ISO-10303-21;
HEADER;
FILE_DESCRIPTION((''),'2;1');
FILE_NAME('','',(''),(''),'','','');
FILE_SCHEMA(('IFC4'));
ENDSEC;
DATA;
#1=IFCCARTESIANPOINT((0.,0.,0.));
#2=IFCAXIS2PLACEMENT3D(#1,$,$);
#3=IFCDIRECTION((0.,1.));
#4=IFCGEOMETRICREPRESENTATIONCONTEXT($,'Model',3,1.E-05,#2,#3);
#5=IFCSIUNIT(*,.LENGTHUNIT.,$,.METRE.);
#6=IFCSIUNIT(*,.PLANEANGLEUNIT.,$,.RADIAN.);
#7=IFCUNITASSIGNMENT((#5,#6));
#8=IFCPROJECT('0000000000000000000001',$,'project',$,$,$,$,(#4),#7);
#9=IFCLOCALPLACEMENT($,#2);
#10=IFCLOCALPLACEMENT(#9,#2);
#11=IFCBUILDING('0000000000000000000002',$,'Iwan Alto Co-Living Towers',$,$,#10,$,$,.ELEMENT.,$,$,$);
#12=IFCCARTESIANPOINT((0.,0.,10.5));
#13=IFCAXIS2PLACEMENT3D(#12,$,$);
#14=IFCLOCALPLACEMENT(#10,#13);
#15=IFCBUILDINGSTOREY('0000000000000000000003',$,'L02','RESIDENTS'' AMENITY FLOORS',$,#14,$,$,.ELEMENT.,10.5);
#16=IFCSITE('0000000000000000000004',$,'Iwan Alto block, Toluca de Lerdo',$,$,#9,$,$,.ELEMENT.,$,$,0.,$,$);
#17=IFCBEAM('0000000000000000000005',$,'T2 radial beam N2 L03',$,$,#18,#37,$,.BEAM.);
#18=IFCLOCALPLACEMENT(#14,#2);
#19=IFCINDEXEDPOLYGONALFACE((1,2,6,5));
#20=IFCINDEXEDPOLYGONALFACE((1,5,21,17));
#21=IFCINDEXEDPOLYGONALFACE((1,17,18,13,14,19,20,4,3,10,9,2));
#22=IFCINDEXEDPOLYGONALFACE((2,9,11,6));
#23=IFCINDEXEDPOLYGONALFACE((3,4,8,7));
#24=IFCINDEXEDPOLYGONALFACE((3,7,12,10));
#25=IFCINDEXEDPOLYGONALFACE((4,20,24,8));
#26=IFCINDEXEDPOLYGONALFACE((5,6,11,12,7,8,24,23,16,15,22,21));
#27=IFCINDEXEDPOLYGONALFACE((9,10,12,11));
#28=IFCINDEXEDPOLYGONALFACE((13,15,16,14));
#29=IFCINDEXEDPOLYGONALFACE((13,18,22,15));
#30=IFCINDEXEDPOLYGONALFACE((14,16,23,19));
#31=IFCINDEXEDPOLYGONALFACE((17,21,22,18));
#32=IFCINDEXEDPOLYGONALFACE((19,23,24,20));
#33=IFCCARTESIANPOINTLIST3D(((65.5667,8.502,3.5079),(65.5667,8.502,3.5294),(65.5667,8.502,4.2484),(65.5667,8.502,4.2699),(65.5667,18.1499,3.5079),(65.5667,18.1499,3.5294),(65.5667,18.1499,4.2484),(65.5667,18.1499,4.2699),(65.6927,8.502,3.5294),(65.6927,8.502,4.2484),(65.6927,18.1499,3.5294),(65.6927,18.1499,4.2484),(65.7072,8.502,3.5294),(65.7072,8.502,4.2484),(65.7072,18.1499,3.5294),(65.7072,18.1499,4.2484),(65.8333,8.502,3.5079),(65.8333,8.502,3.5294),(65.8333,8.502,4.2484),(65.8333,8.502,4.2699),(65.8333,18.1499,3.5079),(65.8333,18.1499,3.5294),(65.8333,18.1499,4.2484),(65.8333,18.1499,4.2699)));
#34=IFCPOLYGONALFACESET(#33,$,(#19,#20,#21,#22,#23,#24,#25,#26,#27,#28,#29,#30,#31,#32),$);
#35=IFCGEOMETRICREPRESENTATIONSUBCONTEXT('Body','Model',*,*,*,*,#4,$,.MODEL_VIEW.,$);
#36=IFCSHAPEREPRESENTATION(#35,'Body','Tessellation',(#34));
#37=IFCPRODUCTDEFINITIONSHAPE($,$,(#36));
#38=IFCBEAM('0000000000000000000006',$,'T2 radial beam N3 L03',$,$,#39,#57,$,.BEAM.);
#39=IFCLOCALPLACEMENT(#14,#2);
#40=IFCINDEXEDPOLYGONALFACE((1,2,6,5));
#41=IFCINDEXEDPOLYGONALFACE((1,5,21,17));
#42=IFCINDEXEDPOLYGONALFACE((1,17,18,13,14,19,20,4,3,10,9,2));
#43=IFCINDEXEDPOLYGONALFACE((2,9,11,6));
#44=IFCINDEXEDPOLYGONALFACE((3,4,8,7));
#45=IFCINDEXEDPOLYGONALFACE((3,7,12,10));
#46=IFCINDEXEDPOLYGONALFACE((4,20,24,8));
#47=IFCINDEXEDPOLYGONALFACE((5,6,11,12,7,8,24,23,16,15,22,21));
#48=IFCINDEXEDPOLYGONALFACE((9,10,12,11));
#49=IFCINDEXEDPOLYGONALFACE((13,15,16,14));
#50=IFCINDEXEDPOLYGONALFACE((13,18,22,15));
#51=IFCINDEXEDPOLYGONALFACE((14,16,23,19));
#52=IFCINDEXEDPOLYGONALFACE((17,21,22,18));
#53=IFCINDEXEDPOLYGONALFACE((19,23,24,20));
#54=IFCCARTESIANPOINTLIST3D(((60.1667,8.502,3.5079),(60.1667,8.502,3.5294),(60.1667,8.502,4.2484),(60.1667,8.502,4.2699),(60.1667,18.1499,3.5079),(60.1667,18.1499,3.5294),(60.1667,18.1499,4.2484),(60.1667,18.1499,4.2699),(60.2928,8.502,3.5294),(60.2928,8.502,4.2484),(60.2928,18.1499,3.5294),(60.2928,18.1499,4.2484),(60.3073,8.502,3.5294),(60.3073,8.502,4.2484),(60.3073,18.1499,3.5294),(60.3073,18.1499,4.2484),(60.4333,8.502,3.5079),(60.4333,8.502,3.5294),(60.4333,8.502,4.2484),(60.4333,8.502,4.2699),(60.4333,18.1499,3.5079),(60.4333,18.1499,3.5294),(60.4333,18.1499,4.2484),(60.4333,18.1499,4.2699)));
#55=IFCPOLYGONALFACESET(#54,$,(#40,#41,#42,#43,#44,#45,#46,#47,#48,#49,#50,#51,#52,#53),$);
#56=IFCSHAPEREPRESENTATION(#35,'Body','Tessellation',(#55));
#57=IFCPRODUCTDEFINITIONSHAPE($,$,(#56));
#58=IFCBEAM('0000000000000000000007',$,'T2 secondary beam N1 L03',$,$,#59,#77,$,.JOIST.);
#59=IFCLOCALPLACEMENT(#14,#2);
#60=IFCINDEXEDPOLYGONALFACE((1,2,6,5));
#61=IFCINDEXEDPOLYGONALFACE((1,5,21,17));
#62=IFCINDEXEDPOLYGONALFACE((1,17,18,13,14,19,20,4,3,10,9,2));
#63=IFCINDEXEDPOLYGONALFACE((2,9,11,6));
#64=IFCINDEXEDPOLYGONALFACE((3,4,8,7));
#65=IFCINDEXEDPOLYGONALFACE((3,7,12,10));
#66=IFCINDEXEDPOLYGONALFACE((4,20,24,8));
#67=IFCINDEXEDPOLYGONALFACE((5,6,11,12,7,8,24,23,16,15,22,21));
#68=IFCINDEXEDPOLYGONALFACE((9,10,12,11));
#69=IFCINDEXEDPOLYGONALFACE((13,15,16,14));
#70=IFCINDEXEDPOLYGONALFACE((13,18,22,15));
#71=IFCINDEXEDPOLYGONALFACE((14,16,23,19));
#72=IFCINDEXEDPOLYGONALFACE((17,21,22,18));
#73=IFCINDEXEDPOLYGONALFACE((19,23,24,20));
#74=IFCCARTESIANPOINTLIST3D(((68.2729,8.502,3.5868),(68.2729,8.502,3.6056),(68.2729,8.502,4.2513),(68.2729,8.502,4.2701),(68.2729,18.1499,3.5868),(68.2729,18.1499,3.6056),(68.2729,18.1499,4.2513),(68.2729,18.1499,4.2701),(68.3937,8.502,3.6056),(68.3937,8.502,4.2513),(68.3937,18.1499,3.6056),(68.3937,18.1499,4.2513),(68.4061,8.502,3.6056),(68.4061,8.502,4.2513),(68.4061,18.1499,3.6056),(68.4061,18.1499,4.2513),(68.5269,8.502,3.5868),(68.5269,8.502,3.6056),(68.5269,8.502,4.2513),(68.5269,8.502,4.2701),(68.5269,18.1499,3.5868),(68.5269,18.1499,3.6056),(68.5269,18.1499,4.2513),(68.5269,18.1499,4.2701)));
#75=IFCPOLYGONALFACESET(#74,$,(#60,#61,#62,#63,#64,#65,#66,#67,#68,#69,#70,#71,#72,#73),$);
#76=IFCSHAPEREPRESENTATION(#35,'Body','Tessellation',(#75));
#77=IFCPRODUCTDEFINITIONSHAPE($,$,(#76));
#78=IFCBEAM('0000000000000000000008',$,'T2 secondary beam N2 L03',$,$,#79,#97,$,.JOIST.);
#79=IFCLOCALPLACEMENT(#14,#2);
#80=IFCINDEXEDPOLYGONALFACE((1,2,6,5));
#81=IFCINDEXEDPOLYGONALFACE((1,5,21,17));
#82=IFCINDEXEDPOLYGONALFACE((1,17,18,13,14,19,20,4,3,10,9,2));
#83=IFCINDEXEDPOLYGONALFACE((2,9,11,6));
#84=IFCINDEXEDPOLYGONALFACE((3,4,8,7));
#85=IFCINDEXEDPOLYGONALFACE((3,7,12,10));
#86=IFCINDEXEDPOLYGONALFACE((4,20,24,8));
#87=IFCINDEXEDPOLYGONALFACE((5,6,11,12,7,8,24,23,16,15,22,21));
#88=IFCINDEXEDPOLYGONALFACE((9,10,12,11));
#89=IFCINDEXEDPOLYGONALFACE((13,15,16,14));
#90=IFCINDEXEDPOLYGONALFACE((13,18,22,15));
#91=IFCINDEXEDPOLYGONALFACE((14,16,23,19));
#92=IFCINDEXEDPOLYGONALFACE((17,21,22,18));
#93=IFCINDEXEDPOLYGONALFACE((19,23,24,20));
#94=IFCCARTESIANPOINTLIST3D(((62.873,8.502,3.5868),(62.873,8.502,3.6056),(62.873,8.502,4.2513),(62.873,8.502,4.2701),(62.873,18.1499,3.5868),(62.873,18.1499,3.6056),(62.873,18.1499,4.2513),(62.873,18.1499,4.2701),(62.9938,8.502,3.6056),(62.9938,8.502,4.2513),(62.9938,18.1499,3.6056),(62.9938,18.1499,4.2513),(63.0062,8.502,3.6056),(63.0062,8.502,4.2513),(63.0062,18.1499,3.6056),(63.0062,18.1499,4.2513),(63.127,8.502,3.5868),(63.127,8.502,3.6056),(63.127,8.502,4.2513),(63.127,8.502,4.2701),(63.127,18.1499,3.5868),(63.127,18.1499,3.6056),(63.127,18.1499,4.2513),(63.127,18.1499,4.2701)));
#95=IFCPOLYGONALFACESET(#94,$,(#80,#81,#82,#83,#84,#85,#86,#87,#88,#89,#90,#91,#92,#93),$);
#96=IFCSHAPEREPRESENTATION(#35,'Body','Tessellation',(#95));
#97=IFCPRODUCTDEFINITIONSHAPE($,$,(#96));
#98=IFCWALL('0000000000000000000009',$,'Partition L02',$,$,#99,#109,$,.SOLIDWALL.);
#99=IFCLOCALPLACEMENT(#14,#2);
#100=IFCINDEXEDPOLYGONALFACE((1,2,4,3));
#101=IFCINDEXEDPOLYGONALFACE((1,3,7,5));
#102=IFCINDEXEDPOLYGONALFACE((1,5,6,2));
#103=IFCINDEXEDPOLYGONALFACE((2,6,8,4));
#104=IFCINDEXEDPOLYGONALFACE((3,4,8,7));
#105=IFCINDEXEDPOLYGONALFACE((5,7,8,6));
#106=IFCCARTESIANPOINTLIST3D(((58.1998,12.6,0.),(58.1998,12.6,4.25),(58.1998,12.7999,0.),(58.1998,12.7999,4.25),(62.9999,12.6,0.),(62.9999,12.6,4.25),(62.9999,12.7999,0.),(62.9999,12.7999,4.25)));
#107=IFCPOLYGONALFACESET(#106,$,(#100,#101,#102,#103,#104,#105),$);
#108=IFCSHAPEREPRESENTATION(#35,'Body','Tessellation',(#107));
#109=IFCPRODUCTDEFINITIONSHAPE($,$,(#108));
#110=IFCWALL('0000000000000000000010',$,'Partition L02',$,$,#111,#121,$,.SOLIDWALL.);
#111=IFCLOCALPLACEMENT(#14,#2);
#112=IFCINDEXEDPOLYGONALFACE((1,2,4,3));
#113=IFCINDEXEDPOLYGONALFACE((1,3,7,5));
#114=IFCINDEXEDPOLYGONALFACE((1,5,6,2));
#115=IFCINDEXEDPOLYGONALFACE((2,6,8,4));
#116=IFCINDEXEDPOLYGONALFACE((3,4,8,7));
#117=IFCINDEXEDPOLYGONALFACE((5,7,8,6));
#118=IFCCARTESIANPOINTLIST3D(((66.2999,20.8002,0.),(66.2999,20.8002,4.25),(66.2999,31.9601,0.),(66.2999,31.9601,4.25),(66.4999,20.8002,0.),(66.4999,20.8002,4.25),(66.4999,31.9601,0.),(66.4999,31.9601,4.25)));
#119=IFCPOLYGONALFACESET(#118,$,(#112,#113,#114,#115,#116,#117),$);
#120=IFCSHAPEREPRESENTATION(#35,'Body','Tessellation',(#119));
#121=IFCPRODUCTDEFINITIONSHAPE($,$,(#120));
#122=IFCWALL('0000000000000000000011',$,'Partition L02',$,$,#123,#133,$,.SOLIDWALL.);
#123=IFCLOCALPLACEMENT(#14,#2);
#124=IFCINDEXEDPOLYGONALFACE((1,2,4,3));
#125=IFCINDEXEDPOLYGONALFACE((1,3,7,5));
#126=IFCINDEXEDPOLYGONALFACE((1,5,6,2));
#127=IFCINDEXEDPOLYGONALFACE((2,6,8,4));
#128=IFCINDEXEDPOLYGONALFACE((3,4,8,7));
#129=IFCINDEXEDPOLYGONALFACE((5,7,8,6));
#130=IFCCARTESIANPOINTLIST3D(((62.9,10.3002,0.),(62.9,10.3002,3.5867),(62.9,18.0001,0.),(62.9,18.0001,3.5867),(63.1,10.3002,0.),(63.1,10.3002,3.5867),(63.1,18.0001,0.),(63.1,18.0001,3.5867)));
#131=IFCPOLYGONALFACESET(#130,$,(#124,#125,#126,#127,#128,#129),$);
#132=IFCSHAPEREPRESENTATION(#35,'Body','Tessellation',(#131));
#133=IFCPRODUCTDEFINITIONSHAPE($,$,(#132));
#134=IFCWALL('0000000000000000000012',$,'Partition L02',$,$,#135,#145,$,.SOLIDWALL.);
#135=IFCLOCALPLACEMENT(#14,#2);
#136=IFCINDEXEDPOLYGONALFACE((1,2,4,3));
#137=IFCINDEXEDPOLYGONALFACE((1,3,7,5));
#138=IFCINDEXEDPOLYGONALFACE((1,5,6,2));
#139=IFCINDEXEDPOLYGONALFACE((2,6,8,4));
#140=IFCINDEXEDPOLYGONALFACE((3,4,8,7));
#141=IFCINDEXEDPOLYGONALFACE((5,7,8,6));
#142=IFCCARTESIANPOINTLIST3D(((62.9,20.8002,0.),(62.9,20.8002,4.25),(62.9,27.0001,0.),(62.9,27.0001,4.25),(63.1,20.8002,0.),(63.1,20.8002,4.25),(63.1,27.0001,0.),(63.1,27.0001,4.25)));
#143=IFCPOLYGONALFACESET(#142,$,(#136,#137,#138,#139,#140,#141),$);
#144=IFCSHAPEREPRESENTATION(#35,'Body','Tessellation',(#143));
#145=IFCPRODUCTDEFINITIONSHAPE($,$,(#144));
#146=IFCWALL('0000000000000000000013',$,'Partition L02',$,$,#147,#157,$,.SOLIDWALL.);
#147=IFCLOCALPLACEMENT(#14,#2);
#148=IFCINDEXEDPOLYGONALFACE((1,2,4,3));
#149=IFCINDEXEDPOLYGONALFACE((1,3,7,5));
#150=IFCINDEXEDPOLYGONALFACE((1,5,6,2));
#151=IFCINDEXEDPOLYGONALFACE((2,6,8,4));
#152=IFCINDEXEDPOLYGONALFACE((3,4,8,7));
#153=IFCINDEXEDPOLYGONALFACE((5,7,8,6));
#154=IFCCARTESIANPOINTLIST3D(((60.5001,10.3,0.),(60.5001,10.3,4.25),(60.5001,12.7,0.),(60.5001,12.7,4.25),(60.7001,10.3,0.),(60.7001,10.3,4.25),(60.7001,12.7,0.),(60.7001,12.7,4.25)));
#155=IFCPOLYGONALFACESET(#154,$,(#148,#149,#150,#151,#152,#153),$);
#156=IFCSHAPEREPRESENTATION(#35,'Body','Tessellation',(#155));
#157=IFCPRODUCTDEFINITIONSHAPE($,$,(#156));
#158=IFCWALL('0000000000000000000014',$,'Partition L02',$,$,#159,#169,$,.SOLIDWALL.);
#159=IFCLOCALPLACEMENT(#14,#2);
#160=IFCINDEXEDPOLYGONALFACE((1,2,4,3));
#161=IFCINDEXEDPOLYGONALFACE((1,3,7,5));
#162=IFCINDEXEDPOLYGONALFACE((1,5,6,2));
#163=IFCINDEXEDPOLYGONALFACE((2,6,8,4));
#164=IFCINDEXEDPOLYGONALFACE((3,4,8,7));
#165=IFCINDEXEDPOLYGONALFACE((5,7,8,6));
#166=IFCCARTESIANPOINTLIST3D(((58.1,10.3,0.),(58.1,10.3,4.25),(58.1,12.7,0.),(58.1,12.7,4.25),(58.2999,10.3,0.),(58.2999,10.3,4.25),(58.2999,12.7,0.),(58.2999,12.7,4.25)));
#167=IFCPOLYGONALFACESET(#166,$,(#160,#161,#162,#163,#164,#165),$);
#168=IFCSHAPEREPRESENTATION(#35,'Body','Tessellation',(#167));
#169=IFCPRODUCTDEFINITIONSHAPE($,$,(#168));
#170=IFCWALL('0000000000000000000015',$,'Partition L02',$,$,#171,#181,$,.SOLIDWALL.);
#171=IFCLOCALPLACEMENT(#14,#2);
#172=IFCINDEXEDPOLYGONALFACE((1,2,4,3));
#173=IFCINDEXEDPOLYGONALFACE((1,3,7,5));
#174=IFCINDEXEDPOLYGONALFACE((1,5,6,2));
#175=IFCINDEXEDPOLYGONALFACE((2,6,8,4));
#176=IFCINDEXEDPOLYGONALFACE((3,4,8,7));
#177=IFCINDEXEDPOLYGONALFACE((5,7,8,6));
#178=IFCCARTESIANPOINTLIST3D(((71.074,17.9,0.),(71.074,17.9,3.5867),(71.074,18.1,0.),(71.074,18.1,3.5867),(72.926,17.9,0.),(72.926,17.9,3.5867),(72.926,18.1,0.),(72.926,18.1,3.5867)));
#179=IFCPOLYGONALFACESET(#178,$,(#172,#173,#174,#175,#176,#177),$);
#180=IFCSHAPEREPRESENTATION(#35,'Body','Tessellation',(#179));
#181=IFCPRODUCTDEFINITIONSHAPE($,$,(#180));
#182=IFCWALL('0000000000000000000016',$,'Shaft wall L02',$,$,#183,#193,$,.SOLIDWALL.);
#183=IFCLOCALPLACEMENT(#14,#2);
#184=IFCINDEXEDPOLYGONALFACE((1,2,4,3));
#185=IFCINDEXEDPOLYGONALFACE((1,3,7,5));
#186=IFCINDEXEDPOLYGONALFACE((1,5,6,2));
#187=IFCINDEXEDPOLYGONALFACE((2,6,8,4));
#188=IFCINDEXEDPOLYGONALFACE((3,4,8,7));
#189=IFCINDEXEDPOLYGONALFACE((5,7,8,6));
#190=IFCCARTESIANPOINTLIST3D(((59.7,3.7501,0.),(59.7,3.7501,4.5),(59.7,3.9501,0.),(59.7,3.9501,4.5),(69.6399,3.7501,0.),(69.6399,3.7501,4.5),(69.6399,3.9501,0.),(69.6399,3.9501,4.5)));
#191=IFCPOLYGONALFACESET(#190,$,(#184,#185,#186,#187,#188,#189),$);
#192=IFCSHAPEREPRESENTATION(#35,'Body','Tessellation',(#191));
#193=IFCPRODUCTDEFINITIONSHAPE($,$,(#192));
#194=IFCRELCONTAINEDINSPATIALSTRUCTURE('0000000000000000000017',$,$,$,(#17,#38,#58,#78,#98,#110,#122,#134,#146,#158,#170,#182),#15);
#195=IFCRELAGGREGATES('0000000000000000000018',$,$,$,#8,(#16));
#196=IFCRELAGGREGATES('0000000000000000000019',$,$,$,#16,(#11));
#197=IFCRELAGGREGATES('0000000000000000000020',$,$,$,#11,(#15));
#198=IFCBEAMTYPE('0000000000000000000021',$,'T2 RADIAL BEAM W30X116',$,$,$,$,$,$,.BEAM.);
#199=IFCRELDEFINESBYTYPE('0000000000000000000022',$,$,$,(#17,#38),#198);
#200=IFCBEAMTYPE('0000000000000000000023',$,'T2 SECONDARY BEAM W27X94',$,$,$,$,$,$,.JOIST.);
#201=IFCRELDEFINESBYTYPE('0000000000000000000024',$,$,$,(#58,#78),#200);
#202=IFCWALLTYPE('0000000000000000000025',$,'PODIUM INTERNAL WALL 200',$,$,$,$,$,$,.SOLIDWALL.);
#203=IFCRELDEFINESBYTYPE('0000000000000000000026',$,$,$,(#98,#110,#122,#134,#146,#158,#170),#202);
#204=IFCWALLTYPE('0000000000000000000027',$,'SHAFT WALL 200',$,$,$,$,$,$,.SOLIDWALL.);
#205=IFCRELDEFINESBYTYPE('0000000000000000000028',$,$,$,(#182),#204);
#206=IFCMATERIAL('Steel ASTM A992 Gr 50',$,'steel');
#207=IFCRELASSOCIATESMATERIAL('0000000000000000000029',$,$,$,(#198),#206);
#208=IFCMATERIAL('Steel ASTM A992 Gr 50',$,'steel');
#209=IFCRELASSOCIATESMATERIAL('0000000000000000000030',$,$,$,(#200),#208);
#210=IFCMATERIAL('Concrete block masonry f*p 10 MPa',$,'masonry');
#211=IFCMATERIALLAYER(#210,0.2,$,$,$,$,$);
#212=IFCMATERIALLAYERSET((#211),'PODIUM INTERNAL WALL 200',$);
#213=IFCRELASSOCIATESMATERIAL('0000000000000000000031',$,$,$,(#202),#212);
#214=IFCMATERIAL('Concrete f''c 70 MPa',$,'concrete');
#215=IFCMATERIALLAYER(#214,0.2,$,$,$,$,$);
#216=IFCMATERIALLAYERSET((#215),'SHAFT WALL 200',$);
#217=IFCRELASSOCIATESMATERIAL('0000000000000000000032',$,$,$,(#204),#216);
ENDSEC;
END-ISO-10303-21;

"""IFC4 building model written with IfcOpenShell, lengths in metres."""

from ifc_helpers import new_model, si_unit, direction, frame, frame_2d, origin, origin_2d, place, context, subcontext, project, spatial, rectangle, i_section, extrude, material, layer, layer_set, material_profile, profile_set, type_object, element, save


model = new_model("IFC4")

# Units and contexts
model_context = context("Model", 3, precision=1e-05, world=origin(), true_north=direction((0.0, 1.0)))
body_context = subcontext(model_context, "Body", "Model", "MODEL_VIEW")
ifc_project = project(units=[si_unit("LENGTHUNIT", "METRE"), si_unit("PLANEANGLEUNIT", "RADIAN")], contexts=[model_context])

# Site, building, storey
site_placement = place(None, origin())
site = spatial("IfcSite", under=ifc_project, at=site_placement, Name="Iwan Alto block, Toluca de Lerdo", CompositionType="ELEMENT", RefElevation=0.0)
building_placement = place(site_placement, origin())
building = spatial("IfcBuilding", under=site, at=building_placement, Name="Iwan Alto Co-Living Towers", CompositionType="ELEMENT")
storey_placement = place(building_placement, frame((0.0, 0.0, 10.5)))
storey = spatial("IfcBuildingStorey", under=building, at=storey_placement, Name="L02", Description="RESIDENTS' AMENITY FLOORS", CompositionType="ELEMENT", Elevation=10.5)

# Beams
ifc_material_1 = material(Name="Steel ASTM A992 Gr 50", Category="steel")
ifc_material_profile_1 = material_profile(ifc_material_1, i_section(OverallWidth=0.2666, OverallDepth=0.762, WebThickness=0.0144, FlangeThickness=0.0215, at=origin_2d()), Name="W30X116")
ifc_profile_set_1 = profile_set([ifc_material_profile_1], Name="Steel ASTM A992 Gr 50")
beam_type_1 = type_object("IfcBeamType", Name="T2 RADIAL BEAM W30X116", PredefinedType="BEAM", material=ifc_profile_set_1)
for number, where, z_axis, x_axis, name in (
    (1, (65.7, 18.1499, 3.8889), (0.0, -1.0, 0.0), (1.0, 0.0, 0.0), "T2 radial beam N2 L03"),
    (2, (60.3, 18.1499, 3.8889), (0.0, -1.0, 0.0), (1.0, 0.0, 0.0), "T2 radial beam N3 L03"),
):
    element("IfcBeam", number, at=place(storey_placement, frame(where, z_axis=z_axis, x_axis=x_axis)), inside=storey, type_object=beam_type_1, Name=name, PredefinedType="BEAM", context=body_context, shape_type="SweptSolid", body=[
        extrude(i_section(OverallWidth=0.2666, OverallDepth=0.762, WebThickness=0.0144, FlangeThickness=0.0215, at=origin_2d()), origin(), (0.0, 0.0, 1.0), 9.6479),
    ])
ifc_material_2 = material(Name="Steel ASTM A992 Gr 50", Category="steel")
ifc_material_profile_2 = material_profile(ifc_material_2, i_section(OverallWidth=0.2539, OverallDepth=0.6833, WebThickness=0.0125, FlangeThickness=0.0188, at=origin_2d()), Name="W27X94")
ifc_profile_set_2 = profile_set([ifc_material_profile_2], Name="Steel ASTM A992 Gr 50")
beam_type_2 = type_object("IfcBeamType", Name="T2 SECONDARY BEAM W27X94", PredefinedType="JOIST", material=ifc_profile_set_2)
for number, where, z_axis, x_axis, name in (
    (3, (68.3999, 18.1499, 3.9285), (0.0, -1.0, 0.0), (1.0, 0.0, 0.0), "T2 secondary beam N1 L03"),
    (4, (63.0, 18.1499, 3.9285), (0.0, -1.0, 0.0), (1.0, 0.0, 0.0), "T2 secondary beam N2 L03"),
):
    element("IfcBeam", number, at=place(storey_placement, frame(where, z_axis=z_axis, x_axis=x_axis)), inside=storey, type_object=beam_type_2, Name=name, PredefinedType="JOIST", context=body_context, shape_type="SweptSolid", body=[
        extrude(i_section(OverallWidth=0.2539, OverallDepth=0.6833, WebThickness=0.0125, FlangeThickness=0.0188, at=origin_2d()), origin(), (0.0, 0.0, 1.0), 9.6479),
    ])

# Walls
ifc_material_3 = material(Name="Concrete block masonry f*p 10 MPa", Category="masonry")
ifc_layer_1 = layer(ifc_material_3, 0.2)
ifc_layer_set_1 = layer_set([ifc_layer_1], Name="PODIUM INTERNAL WALL 200")
wall_type_1 = type_object("IfcWallType", Name="PODIUM INTERNAL WALL 200", PredefinedType="SOLIDWALL", material=ifc_layer_set_1)
wall_1_placement = place(storey_placement, frame((58.2, 12.7, 0.0), z_axis=(0.0, 0.0, 1.0), x_axis=(1.0, 0.0, 0.0)))
element("IfcWall", 5, at=wall_1_placement, inside=storey, type_object=wall_type_1, Name="Partition L02", PredefinedType="SOLIDWALL", context=body_context, shape_type="SweptSolid", body=[
    extrude(rectangle(XDim=4.8, YDim=0.2, at=frame_2d((2.3999, 0.0))), origin(), (0.0, 0.0, 1.0), 4.25),
])
wall_2_placement = place(storey_placement, frame((66.3999, 20.8, 0.0), z_axis=(0.0, 0.0, 1.0), x_axis=(0.0, 1.0, 0.0)))
element("IfcWall", 6, at=wall_2_placement, inside=storey, type_object=wall_type_1, Name="Partition L02", PredefinedType="SOLIDWALL", context=body_context, shape_type="SweptSolid", body=[
    extrude(rectangle(XDim=11.1599, YDim=0.2, at=frame_2d((5.5801, 0.0))), origin(), (0.0, 0.0, 1.0), 4.25),
])
wall_3_placement = place(storey_placement, frame((63.0, 10.3, 0.0), z_axis=(0.0, 0.0, 1.0), x_axis=(0.0, 1.0, 0.0)))
element("IfcWall", 7, at=wall_3_placement, inside=storey, type_object=wall_type_1, Name="Partition L02", PredefinedType="SOLIDWALL", context=body_context, shape_type="SweptSolid", body=[
    extrude(rectangle(XDim=7.7, YDim=0.2, at=frame_2d((3.8501, 0.0))), origin(), (0.0, 0.0, 1.0), 3.5867),
])
wall_4_placement = place(storey_placement, frame((63.0, 20.8, 0.0), z_axis=(0.0, 0.0, 1.0), x_axis=(0.0, 1.0, 0.0)))
element("IfcWall", 8, at=wall_4_placement, inside=storey, type_object=wall_type_1, Name="Partition L02", PredefinedType="SOLIDWALL", context=body_context, shape_type="SweptSolid", body=[
    extrude(rectangle(XDim=6.2, YDim=0.2, at=frame_2d((3.1001, 0.0))), origin(), (0.0, 0.0, 1.0), 4.25),
])
for number, where, z_axis, x_axis, name in (
    (9, (60.6001, 10.3, 0.0), (0.0, 0.0, 1.0), (0.0, 1.0, 0.0), "Partition L02"),
    (10, (58.2, 10.3, 0.0), (0.0, 0.0, 1.0), (0.0, 1.0, 0.0), "Partition L02"),
):
    element("IfcWall", number, at=place(storey_placement, frame(where, z_axis=z_axis, x_axis=x_axis)), inside=storey, type_object=wall_type_1, Name=name, PredefinedType="SOLIDWALL", context=body_context, shape_type="SweptSolid", body=[
        extrude(rectangle(XDim=2.3999, YDim=0.2, at=frame_2d((1.2, 0.0))), origin(), (0.0, 0.0, 1.0), 4.25),
    ])
wall_5_placement = place(storey_placement, frame((71.074, 18.0, 0.0), z_axis=(0.0, 0.0, 1.0), x_axis=(1.0, 0.0, 0.0)))
element("IfcWall", 11, at=wall_5_placement, inside=storey, type_object=wall_type_1, Name="Partition L02", PredefinedType="SOLIDWALL", context=body_context, shape_type="SweptSolid", body=[
    extrude(rectangle(XDim=1.8521, YDim=0.2, at=frame_2d((0.926, 0.0))), origin(), (0.0, 0.0, 1.0), 3.5867),
])
ifc_material_4 = material(Name="Concrete f'c 70 MPa", Category="concrete")
ifc_layer_2 = layer(ifc_material_4, 0.2)
ifc_layer_set_2 = layer_set([ifc_layer_2], Name="SHAFT WALL 200")
wall_type_2 = type_object("IfcWallType", Name="SHAFT WALL 200", PredefinedType="SOLIDWALL", material=ifc_layer_set_2)
wall_6_placement = place(storey_placement, frame((59.7, 3.8501, 0.0), z_axis=(0.0, 0.0, 1.0), x_axis=(1.0, 0.0, 0.0)))
element("IfcWall", 12, at=wall_6_placement, inside=storey, type_object=wall_type_2, Name="Shaft wall L02", PredefinedType="SOLIDWALL", context=body_context, shape_type="SweptSolid", body=[
    extrude(rectangle(XDim=9.9399, YDim=0.2, at=frame_2d((4.97, 0.0))), origin(), (0.0, 0.0, 1.0), 4.5),
])

save(model, "model.ifc")
